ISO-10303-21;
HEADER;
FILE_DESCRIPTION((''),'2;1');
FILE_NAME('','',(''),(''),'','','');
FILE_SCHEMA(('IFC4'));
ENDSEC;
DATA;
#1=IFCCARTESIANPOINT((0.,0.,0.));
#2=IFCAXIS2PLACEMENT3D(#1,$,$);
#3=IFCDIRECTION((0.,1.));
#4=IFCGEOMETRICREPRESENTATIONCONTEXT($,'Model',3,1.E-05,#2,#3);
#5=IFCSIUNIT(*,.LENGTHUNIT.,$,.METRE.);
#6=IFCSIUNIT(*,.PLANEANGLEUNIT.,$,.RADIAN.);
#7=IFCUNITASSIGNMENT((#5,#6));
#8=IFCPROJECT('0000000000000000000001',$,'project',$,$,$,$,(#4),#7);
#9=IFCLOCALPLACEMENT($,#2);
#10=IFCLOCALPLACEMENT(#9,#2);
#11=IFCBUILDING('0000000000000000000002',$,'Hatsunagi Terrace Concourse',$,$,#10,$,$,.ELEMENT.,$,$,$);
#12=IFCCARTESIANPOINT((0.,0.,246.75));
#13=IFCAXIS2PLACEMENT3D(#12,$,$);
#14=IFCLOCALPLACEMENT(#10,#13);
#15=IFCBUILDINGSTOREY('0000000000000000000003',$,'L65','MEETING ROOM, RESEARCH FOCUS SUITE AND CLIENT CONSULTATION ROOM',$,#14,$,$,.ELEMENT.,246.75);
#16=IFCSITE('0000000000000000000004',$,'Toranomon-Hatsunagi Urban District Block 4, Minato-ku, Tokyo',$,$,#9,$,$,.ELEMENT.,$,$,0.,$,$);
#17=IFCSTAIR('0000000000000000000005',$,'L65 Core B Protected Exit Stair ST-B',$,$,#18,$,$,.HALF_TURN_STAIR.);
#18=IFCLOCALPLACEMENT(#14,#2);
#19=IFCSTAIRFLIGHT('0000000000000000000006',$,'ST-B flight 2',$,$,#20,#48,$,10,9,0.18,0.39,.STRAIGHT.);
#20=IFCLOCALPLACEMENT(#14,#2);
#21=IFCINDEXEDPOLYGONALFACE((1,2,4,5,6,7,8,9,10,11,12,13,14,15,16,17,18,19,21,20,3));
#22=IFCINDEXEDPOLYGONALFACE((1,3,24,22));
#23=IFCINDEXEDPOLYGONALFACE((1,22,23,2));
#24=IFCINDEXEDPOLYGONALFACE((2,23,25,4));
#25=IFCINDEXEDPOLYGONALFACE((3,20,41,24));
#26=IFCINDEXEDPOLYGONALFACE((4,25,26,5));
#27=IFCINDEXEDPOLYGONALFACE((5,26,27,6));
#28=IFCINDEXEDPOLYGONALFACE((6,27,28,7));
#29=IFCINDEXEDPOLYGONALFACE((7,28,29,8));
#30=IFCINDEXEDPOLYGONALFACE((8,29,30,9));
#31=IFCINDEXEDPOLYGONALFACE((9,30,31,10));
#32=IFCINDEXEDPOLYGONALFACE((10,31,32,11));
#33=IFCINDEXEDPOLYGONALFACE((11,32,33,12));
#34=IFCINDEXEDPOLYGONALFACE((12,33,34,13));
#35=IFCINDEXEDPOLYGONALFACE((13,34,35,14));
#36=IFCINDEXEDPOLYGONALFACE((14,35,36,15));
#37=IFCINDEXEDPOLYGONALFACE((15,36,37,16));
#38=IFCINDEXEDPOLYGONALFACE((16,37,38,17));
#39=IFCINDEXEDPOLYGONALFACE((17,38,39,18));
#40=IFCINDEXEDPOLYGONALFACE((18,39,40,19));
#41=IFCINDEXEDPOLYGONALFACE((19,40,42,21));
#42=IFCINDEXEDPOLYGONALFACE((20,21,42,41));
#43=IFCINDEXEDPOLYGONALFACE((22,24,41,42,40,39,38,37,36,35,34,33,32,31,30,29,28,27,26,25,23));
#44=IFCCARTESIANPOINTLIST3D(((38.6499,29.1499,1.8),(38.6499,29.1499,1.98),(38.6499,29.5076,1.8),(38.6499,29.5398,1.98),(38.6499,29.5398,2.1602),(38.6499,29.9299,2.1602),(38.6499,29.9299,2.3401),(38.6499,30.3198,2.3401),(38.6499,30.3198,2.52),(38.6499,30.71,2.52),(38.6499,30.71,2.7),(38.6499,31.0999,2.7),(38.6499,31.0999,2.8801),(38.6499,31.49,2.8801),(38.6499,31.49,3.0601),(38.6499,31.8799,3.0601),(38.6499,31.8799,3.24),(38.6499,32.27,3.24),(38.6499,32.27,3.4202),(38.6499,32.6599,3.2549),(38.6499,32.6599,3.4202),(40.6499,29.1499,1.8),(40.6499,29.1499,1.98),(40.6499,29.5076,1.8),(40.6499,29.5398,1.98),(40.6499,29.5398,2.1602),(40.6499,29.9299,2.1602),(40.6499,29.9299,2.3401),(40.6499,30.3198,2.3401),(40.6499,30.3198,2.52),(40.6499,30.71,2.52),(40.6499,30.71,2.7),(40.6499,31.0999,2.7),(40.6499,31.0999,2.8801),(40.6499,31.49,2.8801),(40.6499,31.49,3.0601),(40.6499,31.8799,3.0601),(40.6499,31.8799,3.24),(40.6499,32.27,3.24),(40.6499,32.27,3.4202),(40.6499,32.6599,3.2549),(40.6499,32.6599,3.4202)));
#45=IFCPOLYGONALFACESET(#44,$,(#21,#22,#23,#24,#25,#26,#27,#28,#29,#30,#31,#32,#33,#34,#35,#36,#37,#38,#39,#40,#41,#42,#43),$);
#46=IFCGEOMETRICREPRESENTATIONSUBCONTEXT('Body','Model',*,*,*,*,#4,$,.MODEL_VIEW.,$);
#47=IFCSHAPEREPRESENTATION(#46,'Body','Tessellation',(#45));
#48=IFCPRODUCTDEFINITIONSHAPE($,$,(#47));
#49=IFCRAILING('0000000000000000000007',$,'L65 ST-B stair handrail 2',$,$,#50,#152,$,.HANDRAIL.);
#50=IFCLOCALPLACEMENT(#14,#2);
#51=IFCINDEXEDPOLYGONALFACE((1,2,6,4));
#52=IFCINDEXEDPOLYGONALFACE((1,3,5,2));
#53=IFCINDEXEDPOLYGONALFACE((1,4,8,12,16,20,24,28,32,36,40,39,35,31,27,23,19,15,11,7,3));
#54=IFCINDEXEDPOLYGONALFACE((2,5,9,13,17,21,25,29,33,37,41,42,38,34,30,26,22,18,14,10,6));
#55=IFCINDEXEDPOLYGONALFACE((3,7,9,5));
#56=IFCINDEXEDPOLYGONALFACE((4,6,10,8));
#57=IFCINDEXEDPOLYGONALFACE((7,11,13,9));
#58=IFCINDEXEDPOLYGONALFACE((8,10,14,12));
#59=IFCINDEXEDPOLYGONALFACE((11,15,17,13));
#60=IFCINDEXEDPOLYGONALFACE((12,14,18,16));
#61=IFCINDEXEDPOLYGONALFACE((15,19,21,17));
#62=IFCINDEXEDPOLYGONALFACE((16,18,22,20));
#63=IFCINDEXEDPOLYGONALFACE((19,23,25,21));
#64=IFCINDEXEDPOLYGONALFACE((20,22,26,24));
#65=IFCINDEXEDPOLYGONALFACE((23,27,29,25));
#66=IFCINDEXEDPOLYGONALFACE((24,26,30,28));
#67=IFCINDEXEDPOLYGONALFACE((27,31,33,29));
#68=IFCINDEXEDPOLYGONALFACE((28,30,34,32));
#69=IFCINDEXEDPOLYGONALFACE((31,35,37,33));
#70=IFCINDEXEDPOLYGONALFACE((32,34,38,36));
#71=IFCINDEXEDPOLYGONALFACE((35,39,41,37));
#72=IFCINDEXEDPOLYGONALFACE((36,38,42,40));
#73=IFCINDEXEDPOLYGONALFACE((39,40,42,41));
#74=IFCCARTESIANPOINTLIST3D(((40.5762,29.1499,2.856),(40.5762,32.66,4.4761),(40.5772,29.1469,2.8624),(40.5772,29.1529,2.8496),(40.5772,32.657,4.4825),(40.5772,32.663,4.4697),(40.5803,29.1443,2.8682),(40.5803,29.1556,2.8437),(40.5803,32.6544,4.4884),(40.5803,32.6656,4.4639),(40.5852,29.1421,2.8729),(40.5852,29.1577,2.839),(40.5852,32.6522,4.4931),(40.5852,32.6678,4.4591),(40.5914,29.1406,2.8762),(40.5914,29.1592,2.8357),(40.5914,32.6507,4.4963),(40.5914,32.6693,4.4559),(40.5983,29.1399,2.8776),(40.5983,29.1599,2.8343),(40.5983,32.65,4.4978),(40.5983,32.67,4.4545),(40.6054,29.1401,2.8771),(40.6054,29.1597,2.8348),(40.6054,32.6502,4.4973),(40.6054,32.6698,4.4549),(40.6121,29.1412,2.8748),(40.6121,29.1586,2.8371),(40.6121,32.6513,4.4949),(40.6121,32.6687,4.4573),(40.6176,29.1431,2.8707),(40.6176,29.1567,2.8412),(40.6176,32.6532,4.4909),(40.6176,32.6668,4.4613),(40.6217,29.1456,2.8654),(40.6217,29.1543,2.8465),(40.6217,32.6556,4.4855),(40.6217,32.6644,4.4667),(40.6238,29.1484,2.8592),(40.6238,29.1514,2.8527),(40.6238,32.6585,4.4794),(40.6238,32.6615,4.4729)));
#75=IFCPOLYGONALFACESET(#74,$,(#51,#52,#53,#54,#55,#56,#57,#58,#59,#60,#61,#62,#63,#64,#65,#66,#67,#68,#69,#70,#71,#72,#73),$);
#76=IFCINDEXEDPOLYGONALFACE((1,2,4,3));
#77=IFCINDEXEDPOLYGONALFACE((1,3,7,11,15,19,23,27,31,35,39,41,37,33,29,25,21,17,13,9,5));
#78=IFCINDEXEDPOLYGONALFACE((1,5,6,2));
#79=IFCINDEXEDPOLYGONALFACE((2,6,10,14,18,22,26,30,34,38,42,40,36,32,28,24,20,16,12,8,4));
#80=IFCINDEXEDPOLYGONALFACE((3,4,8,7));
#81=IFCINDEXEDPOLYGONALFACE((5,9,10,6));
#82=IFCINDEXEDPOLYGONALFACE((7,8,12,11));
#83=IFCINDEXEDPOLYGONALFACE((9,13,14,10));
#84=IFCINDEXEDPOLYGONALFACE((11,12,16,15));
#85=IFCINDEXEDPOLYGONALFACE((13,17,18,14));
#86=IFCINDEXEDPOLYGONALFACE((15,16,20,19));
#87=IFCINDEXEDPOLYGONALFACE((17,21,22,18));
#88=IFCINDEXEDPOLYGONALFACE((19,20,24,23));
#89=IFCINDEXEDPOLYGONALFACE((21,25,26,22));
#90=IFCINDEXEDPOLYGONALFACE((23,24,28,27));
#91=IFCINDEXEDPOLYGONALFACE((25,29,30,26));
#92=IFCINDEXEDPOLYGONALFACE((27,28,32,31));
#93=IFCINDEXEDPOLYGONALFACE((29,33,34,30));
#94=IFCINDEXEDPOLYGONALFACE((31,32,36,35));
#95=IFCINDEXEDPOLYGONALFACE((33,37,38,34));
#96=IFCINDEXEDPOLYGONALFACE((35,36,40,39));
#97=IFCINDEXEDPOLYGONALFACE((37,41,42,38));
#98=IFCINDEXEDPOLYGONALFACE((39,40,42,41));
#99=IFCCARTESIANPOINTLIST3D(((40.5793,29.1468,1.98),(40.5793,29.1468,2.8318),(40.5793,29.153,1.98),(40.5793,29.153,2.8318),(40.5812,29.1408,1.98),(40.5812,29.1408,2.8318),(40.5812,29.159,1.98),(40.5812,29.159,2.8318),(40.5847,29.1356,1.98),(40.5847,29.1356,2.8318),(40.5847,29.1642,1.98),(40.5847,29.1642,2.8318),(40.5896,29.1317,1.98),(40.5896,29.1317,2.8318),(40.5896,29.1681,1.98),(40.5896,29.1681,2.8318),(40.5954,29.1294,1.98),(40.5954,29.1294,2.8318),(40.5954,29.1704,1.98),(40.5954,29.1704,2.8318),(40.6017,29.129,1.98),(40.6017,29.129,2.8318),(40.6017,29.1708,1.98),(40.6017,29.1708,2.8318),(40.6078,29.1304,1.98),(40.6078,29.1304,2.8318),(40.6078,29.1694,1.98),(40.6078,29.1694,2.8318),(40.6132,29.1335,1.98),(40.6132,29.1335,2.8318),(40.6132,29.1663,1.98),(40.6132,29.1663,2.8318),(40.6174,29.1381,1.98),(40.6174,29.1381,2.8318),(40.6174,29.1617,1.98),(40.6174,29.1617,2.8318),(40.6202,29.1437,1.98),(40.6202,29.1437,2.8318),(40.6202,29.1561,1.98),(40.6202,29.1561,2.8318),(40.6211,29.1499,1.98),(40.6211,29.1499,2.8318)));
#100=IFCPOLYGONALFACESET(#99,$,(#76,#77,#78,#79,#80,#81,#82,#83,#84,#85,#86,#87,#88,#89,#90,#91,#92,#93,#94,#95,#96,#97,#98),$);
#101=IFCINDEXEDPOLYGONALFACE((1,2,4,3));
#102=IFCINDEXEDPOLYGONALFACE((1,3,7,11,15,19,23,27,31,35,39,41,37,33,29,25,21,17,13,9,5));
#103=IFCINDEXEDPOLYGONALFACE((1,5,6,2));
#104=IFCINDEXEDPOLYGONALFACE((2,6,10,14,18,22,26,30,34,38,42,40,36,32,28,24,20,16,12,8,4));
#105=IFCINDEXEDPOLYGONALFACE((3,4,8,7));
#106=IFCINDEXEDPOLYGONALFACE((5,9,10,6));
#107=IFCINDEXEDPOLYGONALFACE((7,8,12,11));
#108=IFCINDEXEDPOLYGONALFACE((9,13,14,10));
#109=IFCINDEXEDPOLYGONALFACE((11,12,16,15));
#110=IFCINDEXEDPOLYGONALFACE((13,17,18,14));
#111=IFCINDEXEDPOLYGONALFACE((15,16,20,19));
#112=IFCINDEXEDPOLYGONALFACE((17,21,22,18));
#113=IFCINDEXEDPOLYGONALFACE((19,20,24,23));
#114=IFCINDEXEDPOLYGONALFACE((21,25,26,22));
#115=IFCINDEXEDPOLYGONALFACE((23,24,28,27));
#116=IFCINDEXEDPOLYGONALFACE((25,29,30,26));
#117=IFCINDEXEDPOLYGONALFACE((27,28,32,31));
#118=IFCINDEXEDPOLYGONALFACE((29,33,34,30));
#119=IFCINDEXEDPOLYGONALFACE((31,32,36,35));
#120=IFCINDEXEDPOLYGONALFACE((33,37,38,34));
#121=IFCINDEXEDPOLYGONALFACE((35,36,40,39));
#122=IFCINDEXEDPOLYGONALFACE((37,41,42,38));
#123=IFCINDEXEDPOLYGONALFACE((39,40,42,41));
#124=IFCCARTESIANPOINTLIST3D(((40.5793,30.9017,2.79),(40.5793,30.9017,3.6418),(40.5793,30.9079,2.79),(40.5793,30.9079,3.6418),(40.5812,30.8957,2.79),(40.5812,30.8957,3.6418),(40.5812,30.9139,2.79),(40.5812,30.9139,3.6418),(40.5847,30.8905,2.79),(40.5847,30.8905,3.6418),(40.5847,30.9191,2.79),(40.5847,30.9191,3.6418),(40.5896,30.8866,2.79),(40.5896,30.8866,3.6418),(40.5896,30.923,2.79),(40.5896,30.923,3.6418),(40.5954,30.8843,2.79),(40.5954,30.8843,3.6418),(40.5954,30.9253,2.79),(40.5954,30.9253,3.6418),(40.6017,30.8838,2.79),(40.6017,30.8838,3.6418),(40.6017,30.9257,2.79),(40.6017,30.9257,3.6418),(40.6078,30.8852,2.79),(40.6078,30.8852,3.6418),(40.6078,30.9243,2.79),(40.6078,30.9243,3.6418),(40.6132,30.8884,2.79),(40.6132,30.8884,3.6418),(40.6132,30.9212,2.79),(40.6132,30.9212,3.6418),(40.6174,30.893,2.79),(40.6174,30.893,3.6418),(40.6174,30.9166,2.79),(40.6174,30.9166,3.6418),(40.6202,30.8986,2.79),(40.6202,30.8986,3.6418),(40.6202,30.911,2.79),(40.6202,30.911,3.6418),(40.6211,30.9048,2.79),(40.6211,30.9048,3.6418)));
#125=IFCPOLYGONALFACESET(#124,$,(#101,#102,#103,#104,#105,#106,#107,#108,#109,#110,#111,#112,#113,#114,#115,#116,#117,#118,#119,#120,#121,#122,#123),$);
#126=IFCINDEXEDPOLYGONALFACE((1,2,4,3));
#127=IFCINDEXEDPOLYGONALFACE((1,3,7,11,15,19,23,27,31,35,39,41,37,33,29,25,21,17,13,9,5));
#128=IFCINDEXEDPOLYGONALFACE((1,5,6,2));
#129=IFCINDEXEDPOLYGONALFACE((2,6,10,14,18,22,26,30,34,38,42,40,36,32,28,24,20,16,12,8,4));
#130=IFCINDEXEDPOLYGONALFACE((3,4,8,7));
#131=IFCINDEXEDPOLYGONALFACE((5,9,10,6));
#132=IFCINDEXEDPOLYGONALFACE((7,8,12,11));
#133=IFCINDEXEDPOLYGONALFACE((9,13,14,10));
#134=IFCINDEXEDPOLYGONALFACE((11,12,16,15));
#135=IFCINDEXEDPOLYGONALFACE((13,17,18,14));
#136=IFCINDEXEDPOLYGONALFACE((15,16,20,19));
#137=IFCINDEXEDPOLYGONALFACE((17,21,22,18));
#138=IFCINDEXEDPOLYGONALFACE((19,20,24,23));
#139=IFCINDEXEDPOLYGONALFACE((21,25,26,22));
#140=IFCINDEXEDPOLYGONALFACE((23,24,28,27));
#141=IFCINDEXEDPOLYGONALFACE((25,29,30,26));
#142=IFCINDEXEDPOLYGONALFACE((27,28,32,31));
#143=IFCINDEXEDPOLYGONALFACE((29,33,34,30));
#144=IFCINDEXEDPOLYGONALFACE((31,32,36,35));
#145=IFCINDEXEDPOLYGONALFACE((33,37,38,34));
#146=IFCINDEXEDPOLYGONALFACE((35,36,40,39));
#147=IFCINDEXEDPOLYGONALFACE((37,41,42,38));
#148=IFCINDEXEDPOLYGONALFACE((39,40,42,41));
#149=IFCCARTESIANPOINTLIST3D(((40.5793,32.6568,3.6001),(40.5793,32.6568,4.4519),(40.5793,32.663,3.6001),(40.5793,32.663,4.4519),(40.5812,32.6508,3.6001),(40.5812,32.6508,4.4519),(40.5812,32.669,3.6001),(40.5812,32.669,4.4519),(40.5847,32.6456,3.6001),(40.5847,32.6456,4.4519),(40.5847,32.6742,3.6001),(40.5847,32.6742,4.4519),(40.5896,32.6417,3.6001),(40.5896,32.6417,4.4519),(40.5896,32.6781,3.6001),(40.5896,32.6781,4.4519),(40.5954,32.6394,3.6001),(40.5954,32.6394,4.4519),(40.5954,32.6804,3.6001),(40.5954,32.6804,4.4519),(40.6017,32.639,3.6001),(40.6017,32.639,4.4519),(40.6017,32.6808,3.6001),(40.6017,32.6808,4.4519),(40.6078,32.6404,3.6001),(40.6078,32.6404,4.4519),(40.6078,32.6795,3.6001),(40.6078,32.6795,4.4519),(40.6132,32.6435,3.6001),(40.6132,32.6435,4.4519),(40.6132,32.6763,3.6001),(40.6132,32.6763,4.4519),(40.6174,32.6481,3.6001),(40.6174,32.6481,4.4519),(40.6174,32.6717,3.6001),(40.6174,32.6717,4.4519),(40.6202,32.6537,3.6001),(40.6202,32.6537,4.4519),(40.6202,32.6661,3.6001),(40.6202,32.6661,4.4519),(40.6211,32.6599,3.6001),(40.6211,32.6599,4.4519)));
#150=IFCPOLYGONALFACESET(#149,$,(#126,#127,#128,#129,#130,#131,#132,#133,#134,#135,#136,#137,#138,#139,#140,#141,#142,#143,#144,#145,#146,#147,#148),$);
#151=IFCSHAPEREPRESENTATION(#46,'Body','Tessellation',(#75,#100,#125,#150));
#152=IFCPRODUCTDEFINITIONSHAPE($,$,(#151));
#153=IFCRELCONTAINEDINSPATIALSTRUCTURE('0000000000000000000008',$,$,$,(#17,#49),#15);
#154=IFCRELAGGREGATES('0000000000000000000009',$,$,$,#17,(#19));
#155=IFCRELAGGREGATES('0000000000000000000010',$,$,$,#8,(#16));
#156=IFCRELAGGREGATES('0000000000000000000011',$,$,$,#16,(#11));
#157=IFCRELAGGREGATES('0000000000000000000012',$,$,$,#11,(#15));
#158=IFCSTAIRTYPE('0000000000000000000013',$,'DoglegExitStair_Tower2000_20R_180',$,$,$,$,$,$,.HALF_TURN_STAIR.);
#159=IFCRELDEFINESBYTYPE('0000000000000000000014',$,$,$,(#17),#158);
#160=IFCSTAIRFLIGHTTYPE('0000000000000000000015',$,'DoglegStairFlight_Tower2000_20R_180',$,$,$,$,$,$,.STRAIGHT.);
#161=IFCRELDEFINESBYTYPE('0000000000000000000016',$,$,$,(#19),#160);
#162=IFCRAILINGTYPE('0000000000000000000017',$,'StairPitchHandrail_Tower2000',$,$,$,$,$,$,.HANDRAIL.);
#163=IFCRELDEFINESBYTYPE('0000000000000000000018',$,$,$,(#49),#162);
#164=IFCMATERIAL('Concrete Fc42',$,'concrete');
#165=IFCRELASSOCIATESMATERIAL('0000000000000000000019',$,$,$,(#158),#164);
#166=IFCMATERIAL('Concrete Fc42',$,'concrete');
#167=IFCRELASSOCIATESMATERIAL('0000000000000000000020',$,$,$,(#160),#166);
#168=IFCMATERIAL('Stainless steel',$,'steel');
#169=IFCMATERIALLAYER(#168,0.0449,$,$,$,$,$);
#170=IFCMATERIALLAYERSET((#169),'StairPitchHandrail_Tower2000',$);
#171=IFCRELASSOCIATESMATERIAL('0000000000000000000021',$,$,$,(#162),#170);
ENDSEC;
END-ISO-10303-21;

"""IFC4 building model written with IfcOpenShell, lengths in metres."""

from ifc_helpers import new_model, si_unit, direction, frame, origin, origin_2d, place, context, subcontext, project, spatial, polyline, circle, outline, extrude, material, layer, layer_set, type_object, element, aggregate, save


model = new_model("IFC4")

# Units and contexts
model_context = context("Model", 3, precision=1e-05, world=origin(), true_north=direction((0.0, 1.0)))
body_context = subcontext(model_context, "Body", "Model", "MODEL_VIEW")
ifc_project = project(units=[si_unit("LENGTHUNIT", "METRE"), si_unit("PLANEANGLEUNIT", "RADIAN")], contexts=[model_context])

# Site, building, storey
site_placement = place(None, origin())
site = spatial("IfcSite", under=ifc_project, at=site_placement, Name="Toranomon-Hatsunagi Urban District Block 4, Minato-ku, Tokyo", CompositionType="ELEMENT", RefElevation=0.0)
building_placement = place(site_placement, origin())
building = spatial("IfcBuilding", under=site, at=building_placement, Name="Hatsunagi Terrace Concourse", CompositionType="ELEMENT")
storey_placement = place(building_placement, frame((0.0, 0.0, 246.75)))
storey = spatial("IfcBuildingStorey", under=building, at=storey_placement, Name="L65", Description="MEETING ROOM, RESEARCH FOCUS SUITE AND CLIENT CONSULTATION ROOM", CompositionType="ELEMENT", Elevation=246.75)

# Stair, stair flight
ifc_material_1 = material(Name="Concrete Fc42", Category="concrete")
stair_type = type_object("IfcStairType", Name="DoglegExitStair_Tower2000_20R_180", PredefinedType="HALF_TURN_STAIR", material=ifc_material_1)
stair_placement = place(storey_placement, origin())
stair = element("IfcStair", 1, at=stair_placement, inside=storey, type_object=stair_type, Name="L65 Core B Protected Exit Stair ST-B", PredefinedType="HALF_TURN_STAIR")
ifc_material_2 = material(Name="Concrete Fc42", Category="concrete")
stair_flight_type = type_object("IfcStairFlightType", Name="DoglegStairFlight_Tower2000_20R_180", PredefinedType="STRAIGHT", material=ifc_material_2)
stair_flight_placement = place(storey_placement, frame((39.6499, 29.1499, 1.8), z_axis=(0.0, 0.0, 1.0), x_axis=(0.0, 1.0, 0.0)))
stair_flight = element("IfcStairFlight", 2, at=stair_flight_placement, type_object=stair_flight_type, Name="ST-B flight 2", NumberOfRisers=10, NumberOfTreads=9, PredefinedType="STRAIGHT", RiserHeight=0.18, TreadLength=0.39, context=body_context, shape_type="SweptSolid", body=[
    extrude(outline(polyline([(0.0, 0.0), (0.0, 0.1799), (0.3899, 0.1799), (0.3899, 0.3601), (0.78, 0.3601), (0.78, 0.54), (1.1699, 0.54), (1.1699, 0.72), (1.5601, 0.72), (1.5601, 0.8999), (1.95, 0.8999), (1.95, 1.0801), (2.3401, 1.0801), (2.3401, 1.26), (2.73, 1.26), (2.73, 1.4399), (3.1201, 1.4399), (3.1201, 1.6201), (3.51, 1.6201), (3.51, 1.8), (3.51, 1.4548), (0.3577, 0.0), (0.0, 0.0)])), frame((0.0, 1.0, 0.0), z_axis=(0.0, -1.0, 0.0), x_axis=(1.0, 0.0, 0.0)), (0.0, 0.0, 1.0), 2.0),
])
aggregate(stair, [stair_flight])

# Railing
ifc_material_3 = material(Name="Stainless steel", Category="steel")
ifc_layer_1 = layer(ifc_material_3, 0.0449)
ifc_layer_set_1 = layer_set([ifc_layer_1], Name="StairPitchHandrail_Tower2000")
railing_type_1 = type_object("IfcRailingType", Name="StairPitchHandrail_Tower2000", PredefinedType="HANDRAIL", material=ifc_layer_set_1)
railing_1_placement = place(storey_placement, frame((40.6001, 29.1499, 1.98)))
element("IfcRailing", 3, at=railing_1_placement, inside=storey, type_object=railing_type_1, Name="L65 ST-B stair handrail 2", PredefinedType="HANDRAIL", context=body_context, shape_type="SweptSolid", body=[
    extrude(circle(Radius=0.0239, at=origin_2d()), frame((0.0, 0.0, 0.876), z_axis=(0.0, 0.907948, 0.419082), x_axis=(-1.0, 0.0, 0.0)), (0.0, 0.0, 1.0), 3.866),
    extrude(circle(Radius=0.021, at=origin_2d()), origin(), (0.0, 0.0, 1.0), 0.8518),
    extrude(circle(Radius=0.021, at=origin_2d()), frame((0.0, 1.7549, 0.8101)), (0.0, 0.0, 1.0), 0.8518),
    extrude(circle(Radius=0.021, at=origin_2d()), frame((0.0, 3.51, 1.6201)), (0.0, 0.0, 1.0), 0.8518),
])

save(model, "model.ifc")
